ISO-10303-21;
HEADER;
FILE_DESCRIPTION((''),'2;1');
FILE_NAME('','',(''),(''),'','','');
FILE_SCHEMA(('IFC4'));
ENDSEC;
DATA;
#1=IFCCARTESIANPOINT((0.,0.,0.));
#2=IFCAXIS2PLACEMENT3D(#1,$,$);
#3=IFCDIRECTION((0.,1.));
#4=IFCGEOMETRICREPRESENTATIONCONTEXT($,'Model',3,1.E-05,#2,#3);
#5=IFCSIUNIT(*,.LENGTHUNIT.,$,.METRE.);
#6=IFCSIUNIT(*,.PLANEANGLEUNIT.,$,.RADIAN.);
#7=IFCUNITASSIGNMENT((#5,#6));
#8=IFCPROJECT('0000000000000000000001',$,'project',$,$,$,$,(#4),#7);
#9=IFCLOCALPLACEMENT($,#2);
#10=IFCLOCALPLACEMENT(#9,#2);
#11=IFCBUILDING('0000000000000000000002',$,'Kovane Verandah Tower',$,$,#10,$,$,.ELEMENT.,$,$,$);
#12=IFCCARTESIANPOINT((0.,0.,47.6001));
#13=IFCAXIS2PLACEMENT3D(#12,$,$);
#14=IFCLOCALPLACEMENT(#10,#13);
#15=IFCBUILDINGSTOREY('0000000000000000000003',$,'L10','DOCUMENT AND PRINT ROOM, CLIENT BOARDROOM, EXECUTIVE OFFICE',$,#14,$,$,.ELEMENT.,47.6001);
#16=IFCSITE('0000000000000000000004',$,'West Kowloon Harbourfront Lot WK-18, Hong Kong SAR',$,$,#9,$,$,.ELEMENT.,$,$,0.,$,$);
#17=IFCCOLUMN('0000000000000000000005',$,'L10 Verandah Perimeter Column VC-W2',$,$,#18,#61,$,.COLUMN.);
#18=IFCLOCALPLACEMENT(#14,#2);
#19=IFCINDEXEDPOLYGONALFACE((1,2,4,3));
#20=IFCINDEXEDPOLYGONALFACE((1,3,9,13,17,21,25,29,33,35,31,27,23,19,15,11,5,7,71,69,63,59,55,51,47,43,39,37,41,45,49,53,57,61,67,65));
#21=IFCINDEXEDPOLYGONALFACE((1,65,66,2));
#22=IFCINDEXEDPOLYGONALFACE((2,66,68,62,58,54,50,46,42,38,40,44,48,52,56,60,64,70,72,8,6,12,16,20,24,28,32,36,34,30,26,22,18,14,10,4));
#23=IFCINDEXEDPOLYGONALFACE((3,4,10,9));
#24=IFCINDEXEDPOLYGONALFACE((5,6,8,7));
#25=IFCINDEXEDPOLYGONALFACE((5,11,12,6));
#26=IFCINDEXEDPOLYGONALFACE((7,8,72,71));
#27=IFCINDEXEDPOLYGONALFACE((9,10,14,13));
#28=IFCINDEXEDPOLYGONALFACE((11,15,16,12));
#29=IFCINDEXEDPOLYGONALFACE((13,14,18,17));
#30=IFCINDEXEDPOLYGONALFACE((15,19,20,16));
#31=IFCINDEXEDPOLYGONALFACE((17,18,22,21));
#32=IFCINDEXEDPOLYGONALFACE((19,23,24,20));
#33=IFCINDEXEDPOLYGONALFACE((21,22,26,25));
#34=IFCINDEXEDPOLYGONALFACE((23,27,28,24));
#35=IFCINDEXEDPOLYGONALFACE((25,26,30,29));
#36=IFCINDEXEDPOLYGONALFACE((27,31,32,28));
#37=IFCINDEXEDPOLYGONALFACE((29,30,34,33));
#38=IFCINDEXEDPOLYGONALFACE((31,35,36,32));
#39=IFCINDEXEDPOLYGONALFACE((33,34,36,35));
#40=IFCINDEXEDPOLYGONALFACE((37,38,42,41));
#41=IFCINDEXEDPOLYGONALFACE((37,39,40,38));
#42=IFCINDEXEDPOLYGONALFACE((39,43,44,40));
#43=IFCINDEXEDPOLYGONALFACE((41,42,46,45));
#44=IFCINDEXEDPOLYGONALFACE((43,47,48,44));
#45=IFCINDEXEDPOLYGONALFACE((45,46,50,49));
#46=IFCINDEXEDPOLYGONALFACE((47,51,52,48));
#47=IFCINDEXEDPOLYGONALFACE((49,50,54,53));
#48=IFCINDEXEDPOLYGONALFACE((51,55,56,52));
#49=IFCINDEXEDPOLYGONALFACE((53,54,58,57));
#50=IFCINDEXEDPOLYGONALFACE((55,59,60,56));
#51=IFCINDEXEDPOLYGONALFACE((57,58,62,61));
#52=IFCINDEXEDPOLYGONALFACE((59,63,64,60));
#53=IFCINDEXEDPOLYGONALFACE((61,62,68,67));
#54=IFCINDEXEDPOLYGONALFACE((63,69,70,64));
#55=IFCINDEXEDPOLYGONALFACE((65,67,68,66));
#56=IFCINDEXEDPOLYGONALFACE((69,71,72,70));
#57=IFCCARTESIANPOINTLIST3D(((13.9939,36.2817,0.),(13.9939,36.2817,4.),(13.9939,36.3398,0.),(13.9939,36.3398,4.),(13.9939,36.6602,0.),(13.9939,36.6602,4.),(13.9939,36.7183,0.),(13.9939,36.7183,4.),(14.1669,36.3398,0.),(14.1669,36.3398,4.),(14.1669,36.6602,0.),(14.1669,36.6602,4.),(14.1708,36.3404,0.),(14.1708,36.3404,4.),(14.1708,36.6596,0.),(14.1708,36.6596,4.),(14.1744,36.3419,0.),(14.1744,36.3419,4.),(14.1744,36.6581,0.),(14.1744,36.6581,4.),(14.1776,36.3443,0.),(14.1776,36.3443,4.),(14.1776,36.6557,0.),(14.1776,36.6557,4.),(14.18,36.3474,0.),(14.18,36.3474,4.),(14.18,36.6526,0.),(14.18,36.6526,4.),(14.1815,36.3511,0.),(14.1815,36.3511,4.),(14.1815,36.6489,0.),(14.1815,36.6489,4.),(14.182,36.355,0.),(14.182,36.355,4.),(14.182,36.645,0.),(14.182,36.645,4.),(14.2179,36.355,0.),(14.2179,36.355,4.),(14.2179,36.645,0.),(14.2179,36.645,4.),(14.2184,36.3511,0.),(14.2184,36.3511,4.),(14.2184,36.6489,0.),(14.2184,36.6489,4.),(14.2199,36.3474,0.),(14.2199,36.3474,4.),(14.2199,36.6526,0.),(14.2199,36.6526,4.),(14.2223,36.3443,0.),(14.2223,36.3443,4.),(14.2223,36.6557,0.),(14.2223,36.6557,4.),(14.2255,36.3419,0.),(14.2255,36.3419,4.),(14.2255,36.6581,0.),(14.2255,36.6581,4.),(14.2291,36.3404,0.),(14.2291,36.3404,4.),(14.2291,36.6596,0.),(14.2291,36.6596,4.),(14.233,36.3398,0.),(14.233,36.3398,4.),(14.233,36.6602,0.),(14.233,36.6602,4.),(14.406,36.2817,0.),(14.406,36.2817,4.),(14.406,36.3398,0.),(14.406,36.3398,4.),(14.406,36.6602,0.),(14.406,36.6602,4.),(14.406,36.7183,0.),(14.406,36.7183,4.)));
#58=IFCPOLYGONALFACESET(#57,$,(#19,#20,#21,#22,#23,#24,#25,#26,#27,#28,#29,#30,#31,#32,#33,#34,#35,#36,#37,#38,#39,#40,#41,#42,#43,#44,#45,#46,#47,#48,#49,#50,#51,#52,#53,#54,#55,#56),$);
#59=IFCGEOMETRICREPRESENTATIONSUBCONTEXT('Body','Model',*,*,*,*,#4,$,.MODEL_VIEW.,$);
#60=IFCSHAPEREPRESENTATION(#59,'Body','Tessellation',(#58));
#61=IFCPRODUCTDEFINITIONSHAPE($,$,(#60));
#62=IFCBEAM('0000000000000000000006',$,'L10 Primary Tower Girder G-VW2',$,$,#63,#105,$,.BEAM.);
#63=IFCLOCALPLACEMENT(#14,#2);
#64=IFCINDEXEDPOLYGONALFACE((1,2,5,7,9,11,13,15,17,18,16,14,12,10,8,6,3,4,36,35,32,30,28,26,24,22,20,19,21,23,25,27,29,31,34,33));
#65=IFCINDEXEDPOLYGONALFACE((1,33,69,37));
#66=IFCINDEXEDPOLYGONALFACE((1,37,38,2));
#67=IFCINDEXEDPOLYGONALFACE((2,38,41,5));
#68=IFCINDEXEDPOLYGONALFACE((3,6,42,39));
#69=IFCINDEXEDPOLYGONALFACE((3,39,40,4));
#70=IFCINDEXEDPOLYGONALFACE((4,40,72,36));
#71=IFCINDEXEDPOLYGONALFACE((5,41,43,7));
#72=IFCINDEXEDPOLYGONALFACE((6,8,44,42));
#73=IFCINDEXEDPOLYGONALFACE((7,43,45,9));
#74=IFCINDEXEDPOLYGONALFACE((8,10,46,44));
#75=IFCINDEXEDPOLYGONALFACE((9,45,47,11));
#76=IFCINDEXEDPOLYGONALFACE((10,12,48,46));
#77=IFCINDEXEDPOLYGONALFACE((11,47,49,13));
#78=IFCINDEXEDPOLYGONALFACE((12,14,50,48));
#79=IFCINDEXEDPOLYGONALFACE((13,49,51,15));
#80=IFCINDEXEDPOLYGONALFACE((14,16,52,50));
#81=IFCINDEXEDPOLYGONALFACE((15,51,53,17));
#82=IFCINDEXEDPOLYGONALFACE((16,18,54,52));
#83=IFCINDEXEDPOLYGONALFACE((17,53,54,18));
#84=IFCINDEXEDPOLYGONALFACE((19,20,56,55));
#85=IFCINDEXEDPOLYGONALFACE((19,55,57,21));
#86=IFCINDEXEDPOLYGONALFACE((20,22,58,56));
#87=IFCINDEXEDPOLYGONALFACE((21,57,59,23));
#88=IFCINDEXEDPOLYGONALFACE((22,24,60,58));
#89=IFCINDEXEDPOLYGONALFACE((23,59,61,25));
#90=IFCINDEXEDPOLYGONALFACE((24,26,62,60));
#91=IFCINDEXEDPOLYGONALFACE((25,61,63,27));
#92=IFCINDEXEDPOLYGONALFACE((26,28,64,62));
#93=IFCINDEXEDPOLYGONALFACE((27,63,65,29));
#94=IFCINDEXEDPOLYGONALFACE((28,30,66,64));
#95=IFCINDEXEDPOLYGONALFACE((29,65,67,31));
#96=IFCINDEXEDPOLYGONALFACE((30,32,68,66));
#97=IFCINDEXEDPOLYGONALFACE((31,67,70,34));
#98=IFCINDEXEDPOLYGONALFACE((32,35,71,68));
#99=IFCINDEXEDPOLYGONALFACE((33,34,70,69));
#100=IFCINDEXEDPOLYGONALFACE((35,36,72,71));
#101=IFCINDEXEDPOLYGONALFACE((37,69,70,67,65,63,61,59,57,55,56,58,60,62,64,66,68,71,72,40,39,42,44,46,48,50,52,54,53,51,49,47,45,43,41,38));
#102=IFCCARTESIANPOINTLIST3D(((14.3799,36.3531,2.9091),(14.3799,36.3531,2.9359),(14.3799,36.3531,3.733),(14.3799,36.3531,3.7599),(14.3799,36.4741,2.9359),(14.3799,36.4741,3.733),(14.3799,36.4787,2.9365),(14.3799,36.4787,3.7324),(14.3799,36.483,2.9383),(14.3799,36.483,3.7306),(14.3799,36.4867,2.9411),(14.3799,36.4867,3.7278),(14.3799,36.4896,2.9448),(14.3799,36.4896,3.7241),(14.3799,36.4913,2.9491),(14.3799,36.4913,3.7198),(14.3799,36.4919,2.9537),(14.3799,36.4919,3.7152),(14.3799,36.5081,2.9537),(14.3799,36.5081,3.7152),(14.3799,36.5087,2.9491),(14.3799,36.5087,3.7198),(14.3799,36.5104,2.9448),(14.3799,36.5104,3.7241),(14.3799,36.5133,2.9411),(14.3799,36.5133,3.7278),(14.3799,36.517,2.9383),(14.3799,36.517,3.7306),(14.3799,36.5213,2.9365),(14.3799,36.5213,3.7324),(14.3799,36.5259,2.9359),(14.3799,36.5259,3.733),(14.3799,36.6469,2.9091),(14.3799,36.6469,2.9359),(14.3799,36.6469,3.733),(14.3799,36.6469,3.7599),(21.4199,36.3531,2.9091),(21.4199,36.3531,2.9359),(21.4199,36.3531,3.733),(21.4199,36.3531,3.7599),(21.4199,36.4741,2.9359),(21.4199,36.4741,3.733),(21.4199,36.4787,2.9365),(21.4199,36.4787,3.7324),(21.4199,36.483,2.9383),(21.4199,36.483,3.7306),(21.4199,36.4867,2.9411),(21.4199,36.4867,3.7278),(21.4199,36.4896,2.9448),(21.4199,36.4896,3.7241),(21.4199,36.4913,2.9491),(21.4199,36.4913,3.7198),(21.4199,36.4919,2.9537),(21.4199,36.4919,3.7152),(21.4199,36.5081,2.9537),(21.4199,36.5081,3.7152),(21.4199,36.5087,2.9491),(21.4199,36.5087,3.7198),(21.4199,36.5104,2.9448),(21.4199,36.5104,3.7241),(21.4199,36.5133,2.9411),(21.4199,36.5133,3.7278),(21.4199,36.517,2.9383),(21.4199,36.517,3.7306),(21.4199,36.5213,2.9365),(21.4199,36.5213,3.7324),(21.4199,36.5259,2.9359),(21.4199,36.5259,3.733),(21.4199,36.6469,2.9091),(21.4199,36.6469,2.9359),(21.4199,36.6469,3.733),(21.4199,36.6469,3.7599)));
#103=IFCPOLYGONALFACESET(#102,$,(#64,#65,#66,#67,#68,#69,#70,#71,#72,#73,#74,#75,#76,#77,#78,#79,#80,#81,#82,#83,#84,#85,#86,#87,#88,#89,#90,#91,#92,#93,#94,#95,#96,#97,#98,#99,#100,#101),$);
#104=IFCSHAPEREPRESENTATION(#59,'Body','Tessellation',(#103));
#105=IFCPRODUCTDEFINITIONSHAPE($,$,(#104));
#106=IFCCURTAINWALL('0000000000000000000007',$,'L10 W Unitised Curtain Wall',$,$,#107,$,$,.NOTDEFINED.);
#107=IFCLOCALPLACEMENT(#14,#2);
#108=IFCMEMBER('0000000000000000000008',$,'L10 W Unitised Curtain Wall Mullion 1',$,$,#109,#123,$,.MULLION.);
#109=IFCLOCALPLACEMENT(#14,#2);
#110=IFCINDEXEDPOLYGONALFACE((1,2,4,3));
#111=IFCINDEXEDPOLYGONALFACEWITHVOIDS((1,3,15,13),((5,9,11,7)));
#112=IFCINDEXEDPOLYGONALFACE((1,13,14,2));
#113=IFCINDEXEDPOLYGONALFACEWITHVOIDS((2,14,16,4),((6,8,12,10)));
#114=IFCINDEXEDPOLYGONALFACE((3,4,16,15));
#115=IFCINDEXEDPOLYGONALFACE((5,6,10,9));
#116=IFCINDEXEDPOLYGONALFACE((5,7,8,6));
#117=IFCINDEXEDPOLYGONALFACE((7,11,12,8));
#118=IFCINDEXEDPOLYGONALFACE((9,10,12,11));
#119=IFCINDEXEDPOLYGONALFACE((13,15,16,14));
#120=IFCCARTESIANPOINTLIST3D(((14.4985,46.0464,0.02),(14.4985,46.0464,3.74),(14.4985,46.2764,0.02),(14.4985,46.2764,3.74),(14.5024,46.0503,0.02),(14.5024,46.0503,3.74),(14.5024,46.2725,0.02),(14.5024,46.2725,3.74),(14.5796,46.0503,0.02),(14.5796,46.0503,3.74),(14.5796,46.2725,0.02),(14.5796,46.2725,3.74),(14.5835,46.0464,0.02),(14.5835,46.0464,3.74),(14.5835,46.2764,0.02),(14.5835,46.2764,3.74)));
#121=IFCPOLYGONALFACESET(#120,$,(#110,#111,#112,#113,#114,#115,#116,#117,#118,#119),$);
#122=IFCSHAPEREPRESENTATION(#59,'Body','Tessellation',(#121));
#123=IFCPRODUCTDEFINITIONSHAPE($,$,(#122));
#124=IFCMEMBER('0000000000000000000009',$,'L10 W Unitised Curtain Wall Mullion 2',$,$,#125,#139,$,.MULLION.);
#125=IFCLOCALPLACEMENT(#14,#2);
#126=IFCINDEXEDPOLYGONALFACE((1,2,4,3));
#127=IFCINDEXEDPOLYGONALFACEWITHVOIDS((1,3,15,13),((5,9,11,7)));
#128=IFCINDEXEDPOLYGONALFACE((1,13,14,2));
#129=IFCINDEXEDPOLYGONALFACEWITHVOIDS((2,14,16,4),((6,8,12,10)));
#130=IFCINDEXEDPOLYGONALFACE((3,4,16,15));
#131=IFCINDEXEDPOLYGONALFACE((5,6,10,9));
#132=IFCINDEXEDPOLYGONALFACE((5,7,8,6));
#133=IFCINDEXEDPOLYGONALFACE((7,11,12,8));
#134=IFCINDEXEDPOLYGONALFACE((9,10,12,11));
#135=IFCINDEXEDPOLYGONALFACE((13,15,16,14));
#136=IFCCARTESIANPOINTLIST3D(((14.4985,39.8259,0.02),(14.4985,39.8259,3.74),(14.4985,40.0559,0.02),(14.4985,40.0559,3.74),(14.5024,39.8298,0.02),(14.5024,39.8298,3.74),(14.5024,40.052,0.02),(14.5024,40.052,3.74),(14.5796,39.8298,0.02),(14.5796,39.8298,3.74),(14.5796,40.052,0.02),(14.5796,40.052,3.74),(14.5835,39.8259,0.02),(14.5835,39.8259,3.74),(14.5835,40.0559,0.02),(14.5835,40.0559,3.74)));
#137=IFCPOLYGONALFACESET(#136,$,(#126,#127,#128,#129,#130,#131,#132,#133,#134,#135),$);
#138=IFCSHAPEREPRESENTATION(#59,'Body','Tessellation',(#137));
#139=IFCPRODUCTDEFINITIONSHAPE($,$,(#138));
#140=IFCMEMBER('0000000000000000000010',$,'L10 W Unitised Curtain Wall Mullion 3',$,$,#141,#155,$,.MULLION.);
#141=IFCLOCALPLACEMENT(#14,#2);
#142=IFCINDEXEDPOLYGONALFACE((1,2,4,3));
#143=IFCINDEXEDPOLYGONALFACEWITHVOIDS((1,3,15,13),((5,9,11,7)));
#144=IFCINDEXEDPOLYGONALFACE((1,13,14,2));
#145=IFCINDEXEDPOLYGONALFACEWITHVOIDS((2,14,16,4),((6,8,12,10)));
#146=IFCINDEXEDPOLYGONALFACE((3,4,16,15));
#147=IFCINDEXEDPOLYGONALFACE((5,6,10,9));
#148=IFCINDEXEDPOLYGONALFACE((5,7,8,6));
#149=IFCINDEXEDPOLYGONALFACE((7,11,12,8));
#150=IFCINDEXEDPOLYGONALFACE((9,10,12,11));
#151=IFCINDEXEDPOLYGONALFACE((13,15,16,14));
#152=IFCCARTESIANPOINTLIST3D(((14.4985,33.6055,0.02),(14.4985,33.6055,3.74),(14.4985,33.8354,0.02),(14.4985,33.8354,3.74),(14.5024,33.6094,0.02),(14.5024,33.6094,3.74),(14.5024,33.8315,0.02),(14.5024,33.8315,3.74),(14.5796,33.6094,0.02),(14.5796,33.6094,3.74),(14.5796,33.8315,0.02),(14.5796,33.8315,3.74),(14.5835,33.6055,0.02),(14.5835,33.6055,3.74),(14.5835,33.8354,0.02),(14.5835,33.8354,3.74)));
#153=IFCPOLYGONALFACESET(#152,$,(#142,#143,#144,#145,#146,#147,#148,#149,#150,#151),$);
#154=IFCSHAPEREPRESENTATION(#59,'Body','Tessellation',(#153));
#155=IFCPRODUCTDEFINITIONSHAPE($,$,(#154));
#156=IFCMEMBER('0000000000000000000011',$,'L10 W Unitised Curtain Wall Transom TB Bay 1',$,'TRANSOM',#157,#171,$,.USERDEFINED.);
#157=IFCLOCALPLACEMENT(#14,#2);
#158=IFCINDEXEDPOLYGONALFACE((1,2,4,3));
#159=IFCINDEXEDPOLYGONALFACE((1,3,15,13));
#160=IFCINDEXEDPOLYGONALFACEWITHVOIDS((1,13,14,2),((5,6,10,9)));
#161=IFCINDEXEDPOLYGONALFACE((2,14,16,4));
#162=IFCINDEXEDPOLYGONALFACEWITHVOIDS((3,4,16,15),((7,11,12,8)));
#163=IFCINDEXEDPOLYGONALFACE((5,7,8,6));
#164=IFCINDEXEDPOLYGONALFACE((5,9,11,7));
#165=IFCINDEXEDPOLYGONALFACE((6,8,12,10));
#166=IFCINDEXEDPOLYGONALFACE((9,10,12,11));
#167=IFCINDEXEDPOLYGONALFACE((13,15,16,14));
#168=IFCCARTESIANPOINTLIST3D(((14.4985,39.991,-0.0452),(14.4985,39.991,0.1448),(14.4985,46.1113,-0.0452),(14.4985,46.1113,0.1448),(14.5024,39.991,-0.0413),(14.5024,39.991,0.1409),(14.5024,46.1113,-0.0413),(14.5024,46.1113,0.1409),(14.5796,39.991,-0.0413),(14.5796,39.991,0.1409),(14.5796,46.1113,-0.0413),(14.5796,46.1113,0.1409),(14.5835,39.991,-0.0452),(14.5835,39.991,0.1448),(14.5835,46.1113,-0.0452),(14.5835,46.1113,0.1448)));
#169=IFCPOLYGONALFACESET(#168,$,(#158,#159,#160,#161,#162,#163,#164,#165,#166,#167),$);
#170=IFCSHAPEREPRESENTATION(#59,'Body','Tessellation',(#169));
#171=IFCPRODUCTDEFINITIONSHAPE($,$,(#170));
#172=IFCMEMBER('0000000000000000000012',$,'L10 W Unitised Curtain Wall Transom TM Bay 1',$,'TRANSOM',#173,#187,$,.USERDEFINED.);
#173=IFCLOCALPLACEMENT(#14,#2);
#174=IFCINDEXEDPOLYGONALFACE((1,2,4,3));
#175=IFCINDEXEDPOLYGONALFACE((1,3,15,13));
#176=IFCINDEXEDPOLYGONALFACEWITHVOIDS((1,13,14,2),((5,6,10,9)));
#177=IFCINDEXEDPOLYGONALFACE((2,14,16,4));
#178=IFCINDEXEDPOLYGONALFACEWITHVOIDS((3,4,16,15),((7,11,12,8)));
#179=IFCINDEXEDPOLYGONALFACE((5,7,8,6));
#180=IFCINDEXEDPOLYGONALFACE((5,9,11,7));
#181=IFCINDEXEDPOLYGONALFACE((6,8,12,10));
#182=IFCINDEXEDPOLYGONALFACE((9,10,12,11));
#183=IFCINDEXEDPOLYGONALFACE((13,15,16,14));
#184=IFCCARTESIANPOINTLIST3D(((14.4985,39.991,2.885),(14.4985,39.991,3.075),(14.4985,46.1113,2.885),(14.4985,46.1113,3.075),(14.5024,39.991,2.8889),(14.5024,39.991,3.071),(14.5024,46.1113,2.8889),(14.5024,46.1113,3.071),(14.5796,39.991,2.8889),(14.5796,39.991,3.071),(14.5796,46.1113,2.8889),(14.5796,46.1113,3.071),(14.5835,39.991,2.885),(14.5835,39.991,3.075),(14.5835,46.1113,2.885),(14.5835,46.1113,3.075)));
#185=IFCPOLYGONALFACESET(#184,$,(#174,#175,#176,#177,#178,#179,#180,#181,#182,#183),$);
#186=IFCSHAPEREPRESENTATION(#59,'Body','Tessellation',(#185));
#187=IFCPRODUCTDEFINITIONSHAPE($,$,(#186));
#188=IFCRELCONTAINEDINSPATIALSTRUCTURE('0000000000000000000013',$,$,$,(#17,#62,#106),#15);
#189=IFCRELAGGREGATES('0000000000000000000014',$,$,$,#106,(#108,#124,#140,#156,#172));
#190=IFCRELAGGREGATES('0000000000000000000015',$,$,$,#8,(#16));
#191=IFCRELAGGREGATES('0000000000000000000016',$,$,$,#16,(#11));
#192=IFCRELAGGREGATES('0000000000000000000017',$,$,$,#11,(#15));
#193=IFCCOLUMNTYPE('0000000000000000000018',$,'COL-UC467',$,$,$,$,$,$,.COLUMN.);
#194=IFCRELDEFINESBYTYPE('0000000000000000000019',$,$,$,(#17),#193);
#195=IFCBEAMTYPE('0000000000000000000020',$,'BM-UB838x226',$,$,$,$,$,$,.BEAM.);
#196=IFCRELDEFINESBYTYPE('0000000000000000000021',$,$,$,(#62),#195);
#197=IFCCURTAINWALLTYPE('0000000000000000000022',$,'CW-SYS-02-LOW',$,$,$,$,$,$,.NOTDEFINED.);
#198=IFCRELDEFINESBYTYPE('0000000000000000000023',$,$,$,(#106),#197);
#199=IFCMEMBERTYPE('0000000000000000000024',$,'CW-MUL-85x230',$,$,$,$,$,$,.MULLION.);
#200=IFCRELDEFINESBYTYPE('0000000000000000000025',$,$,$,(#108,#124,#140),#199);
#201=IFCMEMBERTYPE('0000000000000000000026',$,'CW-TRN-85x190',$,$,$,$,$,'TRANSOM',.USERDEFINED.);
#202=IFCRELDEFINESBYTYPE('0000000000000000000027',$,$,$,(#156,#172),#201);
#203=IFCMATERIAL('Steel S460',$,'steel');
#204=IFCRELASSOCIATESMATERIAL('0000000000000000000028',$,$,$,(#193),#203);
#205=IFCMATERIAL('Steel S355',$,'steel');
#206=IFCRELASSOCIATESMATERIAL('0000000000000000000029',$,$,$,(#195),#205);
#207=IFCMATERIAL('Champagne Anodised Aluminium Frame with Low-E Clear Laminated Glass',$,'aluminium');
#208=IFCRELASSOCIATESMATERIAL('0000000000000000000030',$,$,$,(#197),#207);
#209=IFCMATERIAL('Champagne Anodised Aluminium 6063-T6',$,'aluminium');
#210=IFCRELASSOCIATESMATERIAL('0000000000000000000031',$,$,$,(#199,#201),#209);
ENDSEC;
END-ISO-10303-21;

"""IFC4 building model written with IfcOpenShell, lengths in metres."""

from ifc_helpers import new_model, si_unit, direction, frame, origin, origin_2d, place, context, subcontext, project, spatial, hollow_rectangle, i_section, extrude, material, material_profile, profile_set, type_object, element, aggregate, save


model = new_model("IFC4")

# Units and contexts
model_context = context("Model", 3, precision=1e-05, world=origin(), true_north=direction((0.0, 1.0)))
body_context = subcontext(model_context, "Body", "Model", "MODEL_VIEW")
ifc_project = project(units=[si_unit("LENGTHUNIT", "METRE"), si_unit("PLANEANGLEUNIT", "RADIAN")], contexts=[model_context])

# Site, building, storey
site_placement = place(None, origin())
site = spatial("IfcSite", under=ifc_project, at=site_placement, Name="West Kowloon Harbourfront Lot WK-18, Hong Kong SAR", CompositionType="ELEMENT", RefElevation=0.0)
building_placement = place(site_placement, origin())
building = spatial("IfcBuilding", under=site, at=building_placement, Name="Kovane Verandah Tower", CompositionType="ELEMENT")
storey_placement = place(building_placement, frame((0.0, 0.0, 47.6001)))
storey = spatial("IfcBuildingStorey", under=building, at=storey_placement, Name="L10", Description="DOCUMENT AND PRINT ROOM, CLIENT BOARDROOM, EXECUTIVE OFFICE", CompositionType="ELEMENT", Elevation=47.6001)

# Column
ifc_material_1 = material(Name="Steel S460", Category="steel")
ifc_material_profile_1 = material_profile(ifc_material_1, i_section(OverallWidth=0.4121, OverallDepth=0.4365, WebThickness=0.0359, FlangeThickness=0.0581, FilletRadius=0.0151, at=origin_2d()), Name="UC356x406x467")
ifc_profile_set_1 = profile_set([ifc_material_profile_1], Name="Steel S460")
column_type = type_object("IfcColumnType", Name="COL-UC467", PredefinedType="COLUMN", material=ifc_profile_set_1)
column_placement = place(storey_placement, frame((14.2, 36.5, 0.0), z_axis=(0.0, 0.0, 1.0), x_axis=(1.0, 0.0, 0.0)))
element("IfcColumn", 1, at=column_placement, inside=storey, type_object=column_type, Name="L10 Verandah Perimeter Column VC-W2", PredefinedType="COLUMN", context=body_context, shape_type="SweptSolid", body=[
    extrude(i_section(OverallWidth=0.4121, OverallDepth=0.4365, WebThickness=0.0359, FlangeThickness=0.0581, FilletRadius=0.0151, at=origin_2d()), origin(), (0.0, 0.0, 1.0), 4.0),
])

# Beam
ifc_material_2 = material(Name="Steel S355", Category="steel")
ifc_material_profile_2 = material_profile(ifc_material_2, i_section(OverallWidth=0.2937, OverallDepth=0.8508, WebThickness=0.0161, FlangeThickness=0.0269, FilletRadius=0.0178, at=origin_2d()), Name="UB838x292x226")
ifc_profile_set_2 = profile_set([ifc_material_profile_2], Name="Steel S355")
beam_type_1 = type_object("IfcBeamType", Name="BM-UB838x226", PredefinedType="BEAM", material=ifc_profile_set_2)
beam_1_placement = place(storey_placement, frame((21.4199, 36.5, 3.3345), z_axis=(-1.0, 0.0, 0.0), x_axis=(0.0, -1.0, 0.0)))
element("IfcBeam", 2, at=beam_1_placement, inside=storey, type_object=beam_type_1, Name="L10 Primary Tower Girder G-VW2", PredefinedType="BEAM", context=body_context, shape_type="SweptSolid", body=[
    extrude(i_section(OverallWidth=0.2937, OverallDepth=0.8508, WebThickness=0.0161, FlangeThickness=0.0269, FilletRadius=0.0178, at=origin_2d()), origin(), (0.0, 0.0, 1.0), 7.04),
])

# Curtain wall, members
ifc_material_3 = material(Name="Champagne Anodised Aluminium Frame with Low-E Clear Laminated Glass", Category="aluminium")
curtain_wall_type = type_object("IfcCurtainWallType", Name="CW-SYS-02-LOW", PredefinedType="NOTDEFINED", material=ifc_material_3)
curtain_wall_placement = place(storey_placement, origin())
curtain_wall = element("IfcCurtainWall", 3, at=curtain_wall_placement, inside=storey, type_object=curtain_wall_type, Name="L10 W Unitised Curtain Wall", PredefinedType="NOTDEFINED")
ifc_material_4 = material(Name="Champagne Anodised Aluminium 6063-T6", Category="aluminium")
ifc_material_profile_3 = material_profile(ifc_material_4, hollow_rectangle(XDim=0.085, YDim=0.23, WallThickness=0.0039, at=origin_2d()), Name="AL85x230x4")
ifc_profile_set_3 = profile_set([ifc_material_profile_3], Name="Champagne Anodised Aluminium 6063-T6")
member_type_1 = type_object("IfcMemberType", Name="CW-MUL-85x230", PredefinedType="MULLION", material=ifc_profile_set_3)
member_1_placement = place(storey_placement, frame((14.541, 46.1614, 0.02), z_axis=(0.0, 0.0, 1.0), x_axis=(-1.0, 0.0, 0.0)))
member_1 = element("IfcMember", 4, at=member_1_placement, type_object=member_type_1, Name="L10 W Unitised Curtain Wall Mullion 1", PredefinedType="MULLION", context=body_context, shape_type="SweptSolid", body=[
    extrude(hollow_rectangle(XDim=0.085, YDim=0.23, WallThickness=0.0039, at=origin_2d()), origin(), (0.0, 0.0, 1.0), 3.72),
])
member_2_placement = place(storey_placement, frame((14.541, 39.9409, 0.02), z_axis=(0.0, 0.0, 1.0), x_axis=(-1.0, 0.0, 0.0)))
member_2 = element("IfcMember", 5, at=member_2_placement, type_object=member_type_1, Name="L10 W Unitised Curtain Wall Mullion 2", PredefinedType="MULLION", context=body_context, shape_type="SweptSolid", body=[
    extrude(hollow_rectangle(XDim=0.085, YDim=0.23, WallThickness=0.0039, at=origin_2d()), origin(), (0.0, 0.0, 1.0), 3.72),
])
member_3_placement = place(storey_placement, frame((14.541, 33.7205, 0.02), z_axis=(0.0, 0.0, 1.0), x_axis=(-1.0, 0.0, 0.0)))
member_3 = element("IfcMember", 6, at=member_3_placement, type_object=member_type_1, Name="L10 W Unitised Curtain Wall Mullion 3", PredefinedType="MULLION", context=body_context, shape_type="SweptSolid", body=[
    extrude(hollow_rectangle(XDim=0.085, YDim=0.23, WallThickness=0.0039, at=origin_2d()), origin(), (0.0, 0.0, 1.0), 3.72),
])
ifc_material_profile_4 = material_profile(ifc_material_4, hollow_rectangle(XDim=0.085, YDim=0.1899, WallThickness=0.0039, at=origin_2d()), Name="AL85x190x4")
ifc_profile_set_4 = profile_set([ifc_material_profile_4], Name="Champagne Anodised Aluminium 6063-T6")
member_type_2 = type_object("IfcMemberType", Name="CW-TRN-85x190", ElementType="TRANSOM", PredefinedType="USERDEFINED", material=ifc_profile_set_4)
member_4_placement = place(storey_placement, frame((14.541, 46.1113, 0.0498), z_axis=(0.0, -1.0, 0.0), x_axis=(1.0, 0.0, 0.0)))
member_4 = element("IfcMember", 7, at=member_4_placement, type_object=member_type_2, Name="L10 W Unitised Curtain Wall Transom TB Bay 1", ObjectType="TRANSOM", PredefinedType="USERDEFINED", context=body_context, shape_type="SweptSolid", body=[
    extrude(hollow_rectangle(XDim=0.085, YDim=0.1899, WallThickness=0.0039, at=origin_2d()), origin(), (0.0, 0.0, 1.0), 6.1204),
])
member_5_placement = place(storey_placement, frame((14.541, 46.1113, 2.98), z_axis=(0.0, -1.0, 0.0), x_axis=(1.0, 0.0, 0.0)))
member_5 = element("IfcMember", 8, at=member_5_placement, type_object=member_type_2, Name="L10 W Unitised Curtain Wall Transom TM Bay 1", ObjectType="TRANSOM", PredefinedType="USERDEFINED", context=body_context, shape_type="SweptSolid", body=[
    extrude(hollow_rectangle(XDim=0.085, YDim=0.1899, WallThickness=0.0039, at=origin_2d()), origin(), (0.0, 0.0, 1.0), 6.1204),
])

aggregate(curtain_wall, [member_1, member_2, member_3, member_4, member_5])

save(model, "model.ifc")
